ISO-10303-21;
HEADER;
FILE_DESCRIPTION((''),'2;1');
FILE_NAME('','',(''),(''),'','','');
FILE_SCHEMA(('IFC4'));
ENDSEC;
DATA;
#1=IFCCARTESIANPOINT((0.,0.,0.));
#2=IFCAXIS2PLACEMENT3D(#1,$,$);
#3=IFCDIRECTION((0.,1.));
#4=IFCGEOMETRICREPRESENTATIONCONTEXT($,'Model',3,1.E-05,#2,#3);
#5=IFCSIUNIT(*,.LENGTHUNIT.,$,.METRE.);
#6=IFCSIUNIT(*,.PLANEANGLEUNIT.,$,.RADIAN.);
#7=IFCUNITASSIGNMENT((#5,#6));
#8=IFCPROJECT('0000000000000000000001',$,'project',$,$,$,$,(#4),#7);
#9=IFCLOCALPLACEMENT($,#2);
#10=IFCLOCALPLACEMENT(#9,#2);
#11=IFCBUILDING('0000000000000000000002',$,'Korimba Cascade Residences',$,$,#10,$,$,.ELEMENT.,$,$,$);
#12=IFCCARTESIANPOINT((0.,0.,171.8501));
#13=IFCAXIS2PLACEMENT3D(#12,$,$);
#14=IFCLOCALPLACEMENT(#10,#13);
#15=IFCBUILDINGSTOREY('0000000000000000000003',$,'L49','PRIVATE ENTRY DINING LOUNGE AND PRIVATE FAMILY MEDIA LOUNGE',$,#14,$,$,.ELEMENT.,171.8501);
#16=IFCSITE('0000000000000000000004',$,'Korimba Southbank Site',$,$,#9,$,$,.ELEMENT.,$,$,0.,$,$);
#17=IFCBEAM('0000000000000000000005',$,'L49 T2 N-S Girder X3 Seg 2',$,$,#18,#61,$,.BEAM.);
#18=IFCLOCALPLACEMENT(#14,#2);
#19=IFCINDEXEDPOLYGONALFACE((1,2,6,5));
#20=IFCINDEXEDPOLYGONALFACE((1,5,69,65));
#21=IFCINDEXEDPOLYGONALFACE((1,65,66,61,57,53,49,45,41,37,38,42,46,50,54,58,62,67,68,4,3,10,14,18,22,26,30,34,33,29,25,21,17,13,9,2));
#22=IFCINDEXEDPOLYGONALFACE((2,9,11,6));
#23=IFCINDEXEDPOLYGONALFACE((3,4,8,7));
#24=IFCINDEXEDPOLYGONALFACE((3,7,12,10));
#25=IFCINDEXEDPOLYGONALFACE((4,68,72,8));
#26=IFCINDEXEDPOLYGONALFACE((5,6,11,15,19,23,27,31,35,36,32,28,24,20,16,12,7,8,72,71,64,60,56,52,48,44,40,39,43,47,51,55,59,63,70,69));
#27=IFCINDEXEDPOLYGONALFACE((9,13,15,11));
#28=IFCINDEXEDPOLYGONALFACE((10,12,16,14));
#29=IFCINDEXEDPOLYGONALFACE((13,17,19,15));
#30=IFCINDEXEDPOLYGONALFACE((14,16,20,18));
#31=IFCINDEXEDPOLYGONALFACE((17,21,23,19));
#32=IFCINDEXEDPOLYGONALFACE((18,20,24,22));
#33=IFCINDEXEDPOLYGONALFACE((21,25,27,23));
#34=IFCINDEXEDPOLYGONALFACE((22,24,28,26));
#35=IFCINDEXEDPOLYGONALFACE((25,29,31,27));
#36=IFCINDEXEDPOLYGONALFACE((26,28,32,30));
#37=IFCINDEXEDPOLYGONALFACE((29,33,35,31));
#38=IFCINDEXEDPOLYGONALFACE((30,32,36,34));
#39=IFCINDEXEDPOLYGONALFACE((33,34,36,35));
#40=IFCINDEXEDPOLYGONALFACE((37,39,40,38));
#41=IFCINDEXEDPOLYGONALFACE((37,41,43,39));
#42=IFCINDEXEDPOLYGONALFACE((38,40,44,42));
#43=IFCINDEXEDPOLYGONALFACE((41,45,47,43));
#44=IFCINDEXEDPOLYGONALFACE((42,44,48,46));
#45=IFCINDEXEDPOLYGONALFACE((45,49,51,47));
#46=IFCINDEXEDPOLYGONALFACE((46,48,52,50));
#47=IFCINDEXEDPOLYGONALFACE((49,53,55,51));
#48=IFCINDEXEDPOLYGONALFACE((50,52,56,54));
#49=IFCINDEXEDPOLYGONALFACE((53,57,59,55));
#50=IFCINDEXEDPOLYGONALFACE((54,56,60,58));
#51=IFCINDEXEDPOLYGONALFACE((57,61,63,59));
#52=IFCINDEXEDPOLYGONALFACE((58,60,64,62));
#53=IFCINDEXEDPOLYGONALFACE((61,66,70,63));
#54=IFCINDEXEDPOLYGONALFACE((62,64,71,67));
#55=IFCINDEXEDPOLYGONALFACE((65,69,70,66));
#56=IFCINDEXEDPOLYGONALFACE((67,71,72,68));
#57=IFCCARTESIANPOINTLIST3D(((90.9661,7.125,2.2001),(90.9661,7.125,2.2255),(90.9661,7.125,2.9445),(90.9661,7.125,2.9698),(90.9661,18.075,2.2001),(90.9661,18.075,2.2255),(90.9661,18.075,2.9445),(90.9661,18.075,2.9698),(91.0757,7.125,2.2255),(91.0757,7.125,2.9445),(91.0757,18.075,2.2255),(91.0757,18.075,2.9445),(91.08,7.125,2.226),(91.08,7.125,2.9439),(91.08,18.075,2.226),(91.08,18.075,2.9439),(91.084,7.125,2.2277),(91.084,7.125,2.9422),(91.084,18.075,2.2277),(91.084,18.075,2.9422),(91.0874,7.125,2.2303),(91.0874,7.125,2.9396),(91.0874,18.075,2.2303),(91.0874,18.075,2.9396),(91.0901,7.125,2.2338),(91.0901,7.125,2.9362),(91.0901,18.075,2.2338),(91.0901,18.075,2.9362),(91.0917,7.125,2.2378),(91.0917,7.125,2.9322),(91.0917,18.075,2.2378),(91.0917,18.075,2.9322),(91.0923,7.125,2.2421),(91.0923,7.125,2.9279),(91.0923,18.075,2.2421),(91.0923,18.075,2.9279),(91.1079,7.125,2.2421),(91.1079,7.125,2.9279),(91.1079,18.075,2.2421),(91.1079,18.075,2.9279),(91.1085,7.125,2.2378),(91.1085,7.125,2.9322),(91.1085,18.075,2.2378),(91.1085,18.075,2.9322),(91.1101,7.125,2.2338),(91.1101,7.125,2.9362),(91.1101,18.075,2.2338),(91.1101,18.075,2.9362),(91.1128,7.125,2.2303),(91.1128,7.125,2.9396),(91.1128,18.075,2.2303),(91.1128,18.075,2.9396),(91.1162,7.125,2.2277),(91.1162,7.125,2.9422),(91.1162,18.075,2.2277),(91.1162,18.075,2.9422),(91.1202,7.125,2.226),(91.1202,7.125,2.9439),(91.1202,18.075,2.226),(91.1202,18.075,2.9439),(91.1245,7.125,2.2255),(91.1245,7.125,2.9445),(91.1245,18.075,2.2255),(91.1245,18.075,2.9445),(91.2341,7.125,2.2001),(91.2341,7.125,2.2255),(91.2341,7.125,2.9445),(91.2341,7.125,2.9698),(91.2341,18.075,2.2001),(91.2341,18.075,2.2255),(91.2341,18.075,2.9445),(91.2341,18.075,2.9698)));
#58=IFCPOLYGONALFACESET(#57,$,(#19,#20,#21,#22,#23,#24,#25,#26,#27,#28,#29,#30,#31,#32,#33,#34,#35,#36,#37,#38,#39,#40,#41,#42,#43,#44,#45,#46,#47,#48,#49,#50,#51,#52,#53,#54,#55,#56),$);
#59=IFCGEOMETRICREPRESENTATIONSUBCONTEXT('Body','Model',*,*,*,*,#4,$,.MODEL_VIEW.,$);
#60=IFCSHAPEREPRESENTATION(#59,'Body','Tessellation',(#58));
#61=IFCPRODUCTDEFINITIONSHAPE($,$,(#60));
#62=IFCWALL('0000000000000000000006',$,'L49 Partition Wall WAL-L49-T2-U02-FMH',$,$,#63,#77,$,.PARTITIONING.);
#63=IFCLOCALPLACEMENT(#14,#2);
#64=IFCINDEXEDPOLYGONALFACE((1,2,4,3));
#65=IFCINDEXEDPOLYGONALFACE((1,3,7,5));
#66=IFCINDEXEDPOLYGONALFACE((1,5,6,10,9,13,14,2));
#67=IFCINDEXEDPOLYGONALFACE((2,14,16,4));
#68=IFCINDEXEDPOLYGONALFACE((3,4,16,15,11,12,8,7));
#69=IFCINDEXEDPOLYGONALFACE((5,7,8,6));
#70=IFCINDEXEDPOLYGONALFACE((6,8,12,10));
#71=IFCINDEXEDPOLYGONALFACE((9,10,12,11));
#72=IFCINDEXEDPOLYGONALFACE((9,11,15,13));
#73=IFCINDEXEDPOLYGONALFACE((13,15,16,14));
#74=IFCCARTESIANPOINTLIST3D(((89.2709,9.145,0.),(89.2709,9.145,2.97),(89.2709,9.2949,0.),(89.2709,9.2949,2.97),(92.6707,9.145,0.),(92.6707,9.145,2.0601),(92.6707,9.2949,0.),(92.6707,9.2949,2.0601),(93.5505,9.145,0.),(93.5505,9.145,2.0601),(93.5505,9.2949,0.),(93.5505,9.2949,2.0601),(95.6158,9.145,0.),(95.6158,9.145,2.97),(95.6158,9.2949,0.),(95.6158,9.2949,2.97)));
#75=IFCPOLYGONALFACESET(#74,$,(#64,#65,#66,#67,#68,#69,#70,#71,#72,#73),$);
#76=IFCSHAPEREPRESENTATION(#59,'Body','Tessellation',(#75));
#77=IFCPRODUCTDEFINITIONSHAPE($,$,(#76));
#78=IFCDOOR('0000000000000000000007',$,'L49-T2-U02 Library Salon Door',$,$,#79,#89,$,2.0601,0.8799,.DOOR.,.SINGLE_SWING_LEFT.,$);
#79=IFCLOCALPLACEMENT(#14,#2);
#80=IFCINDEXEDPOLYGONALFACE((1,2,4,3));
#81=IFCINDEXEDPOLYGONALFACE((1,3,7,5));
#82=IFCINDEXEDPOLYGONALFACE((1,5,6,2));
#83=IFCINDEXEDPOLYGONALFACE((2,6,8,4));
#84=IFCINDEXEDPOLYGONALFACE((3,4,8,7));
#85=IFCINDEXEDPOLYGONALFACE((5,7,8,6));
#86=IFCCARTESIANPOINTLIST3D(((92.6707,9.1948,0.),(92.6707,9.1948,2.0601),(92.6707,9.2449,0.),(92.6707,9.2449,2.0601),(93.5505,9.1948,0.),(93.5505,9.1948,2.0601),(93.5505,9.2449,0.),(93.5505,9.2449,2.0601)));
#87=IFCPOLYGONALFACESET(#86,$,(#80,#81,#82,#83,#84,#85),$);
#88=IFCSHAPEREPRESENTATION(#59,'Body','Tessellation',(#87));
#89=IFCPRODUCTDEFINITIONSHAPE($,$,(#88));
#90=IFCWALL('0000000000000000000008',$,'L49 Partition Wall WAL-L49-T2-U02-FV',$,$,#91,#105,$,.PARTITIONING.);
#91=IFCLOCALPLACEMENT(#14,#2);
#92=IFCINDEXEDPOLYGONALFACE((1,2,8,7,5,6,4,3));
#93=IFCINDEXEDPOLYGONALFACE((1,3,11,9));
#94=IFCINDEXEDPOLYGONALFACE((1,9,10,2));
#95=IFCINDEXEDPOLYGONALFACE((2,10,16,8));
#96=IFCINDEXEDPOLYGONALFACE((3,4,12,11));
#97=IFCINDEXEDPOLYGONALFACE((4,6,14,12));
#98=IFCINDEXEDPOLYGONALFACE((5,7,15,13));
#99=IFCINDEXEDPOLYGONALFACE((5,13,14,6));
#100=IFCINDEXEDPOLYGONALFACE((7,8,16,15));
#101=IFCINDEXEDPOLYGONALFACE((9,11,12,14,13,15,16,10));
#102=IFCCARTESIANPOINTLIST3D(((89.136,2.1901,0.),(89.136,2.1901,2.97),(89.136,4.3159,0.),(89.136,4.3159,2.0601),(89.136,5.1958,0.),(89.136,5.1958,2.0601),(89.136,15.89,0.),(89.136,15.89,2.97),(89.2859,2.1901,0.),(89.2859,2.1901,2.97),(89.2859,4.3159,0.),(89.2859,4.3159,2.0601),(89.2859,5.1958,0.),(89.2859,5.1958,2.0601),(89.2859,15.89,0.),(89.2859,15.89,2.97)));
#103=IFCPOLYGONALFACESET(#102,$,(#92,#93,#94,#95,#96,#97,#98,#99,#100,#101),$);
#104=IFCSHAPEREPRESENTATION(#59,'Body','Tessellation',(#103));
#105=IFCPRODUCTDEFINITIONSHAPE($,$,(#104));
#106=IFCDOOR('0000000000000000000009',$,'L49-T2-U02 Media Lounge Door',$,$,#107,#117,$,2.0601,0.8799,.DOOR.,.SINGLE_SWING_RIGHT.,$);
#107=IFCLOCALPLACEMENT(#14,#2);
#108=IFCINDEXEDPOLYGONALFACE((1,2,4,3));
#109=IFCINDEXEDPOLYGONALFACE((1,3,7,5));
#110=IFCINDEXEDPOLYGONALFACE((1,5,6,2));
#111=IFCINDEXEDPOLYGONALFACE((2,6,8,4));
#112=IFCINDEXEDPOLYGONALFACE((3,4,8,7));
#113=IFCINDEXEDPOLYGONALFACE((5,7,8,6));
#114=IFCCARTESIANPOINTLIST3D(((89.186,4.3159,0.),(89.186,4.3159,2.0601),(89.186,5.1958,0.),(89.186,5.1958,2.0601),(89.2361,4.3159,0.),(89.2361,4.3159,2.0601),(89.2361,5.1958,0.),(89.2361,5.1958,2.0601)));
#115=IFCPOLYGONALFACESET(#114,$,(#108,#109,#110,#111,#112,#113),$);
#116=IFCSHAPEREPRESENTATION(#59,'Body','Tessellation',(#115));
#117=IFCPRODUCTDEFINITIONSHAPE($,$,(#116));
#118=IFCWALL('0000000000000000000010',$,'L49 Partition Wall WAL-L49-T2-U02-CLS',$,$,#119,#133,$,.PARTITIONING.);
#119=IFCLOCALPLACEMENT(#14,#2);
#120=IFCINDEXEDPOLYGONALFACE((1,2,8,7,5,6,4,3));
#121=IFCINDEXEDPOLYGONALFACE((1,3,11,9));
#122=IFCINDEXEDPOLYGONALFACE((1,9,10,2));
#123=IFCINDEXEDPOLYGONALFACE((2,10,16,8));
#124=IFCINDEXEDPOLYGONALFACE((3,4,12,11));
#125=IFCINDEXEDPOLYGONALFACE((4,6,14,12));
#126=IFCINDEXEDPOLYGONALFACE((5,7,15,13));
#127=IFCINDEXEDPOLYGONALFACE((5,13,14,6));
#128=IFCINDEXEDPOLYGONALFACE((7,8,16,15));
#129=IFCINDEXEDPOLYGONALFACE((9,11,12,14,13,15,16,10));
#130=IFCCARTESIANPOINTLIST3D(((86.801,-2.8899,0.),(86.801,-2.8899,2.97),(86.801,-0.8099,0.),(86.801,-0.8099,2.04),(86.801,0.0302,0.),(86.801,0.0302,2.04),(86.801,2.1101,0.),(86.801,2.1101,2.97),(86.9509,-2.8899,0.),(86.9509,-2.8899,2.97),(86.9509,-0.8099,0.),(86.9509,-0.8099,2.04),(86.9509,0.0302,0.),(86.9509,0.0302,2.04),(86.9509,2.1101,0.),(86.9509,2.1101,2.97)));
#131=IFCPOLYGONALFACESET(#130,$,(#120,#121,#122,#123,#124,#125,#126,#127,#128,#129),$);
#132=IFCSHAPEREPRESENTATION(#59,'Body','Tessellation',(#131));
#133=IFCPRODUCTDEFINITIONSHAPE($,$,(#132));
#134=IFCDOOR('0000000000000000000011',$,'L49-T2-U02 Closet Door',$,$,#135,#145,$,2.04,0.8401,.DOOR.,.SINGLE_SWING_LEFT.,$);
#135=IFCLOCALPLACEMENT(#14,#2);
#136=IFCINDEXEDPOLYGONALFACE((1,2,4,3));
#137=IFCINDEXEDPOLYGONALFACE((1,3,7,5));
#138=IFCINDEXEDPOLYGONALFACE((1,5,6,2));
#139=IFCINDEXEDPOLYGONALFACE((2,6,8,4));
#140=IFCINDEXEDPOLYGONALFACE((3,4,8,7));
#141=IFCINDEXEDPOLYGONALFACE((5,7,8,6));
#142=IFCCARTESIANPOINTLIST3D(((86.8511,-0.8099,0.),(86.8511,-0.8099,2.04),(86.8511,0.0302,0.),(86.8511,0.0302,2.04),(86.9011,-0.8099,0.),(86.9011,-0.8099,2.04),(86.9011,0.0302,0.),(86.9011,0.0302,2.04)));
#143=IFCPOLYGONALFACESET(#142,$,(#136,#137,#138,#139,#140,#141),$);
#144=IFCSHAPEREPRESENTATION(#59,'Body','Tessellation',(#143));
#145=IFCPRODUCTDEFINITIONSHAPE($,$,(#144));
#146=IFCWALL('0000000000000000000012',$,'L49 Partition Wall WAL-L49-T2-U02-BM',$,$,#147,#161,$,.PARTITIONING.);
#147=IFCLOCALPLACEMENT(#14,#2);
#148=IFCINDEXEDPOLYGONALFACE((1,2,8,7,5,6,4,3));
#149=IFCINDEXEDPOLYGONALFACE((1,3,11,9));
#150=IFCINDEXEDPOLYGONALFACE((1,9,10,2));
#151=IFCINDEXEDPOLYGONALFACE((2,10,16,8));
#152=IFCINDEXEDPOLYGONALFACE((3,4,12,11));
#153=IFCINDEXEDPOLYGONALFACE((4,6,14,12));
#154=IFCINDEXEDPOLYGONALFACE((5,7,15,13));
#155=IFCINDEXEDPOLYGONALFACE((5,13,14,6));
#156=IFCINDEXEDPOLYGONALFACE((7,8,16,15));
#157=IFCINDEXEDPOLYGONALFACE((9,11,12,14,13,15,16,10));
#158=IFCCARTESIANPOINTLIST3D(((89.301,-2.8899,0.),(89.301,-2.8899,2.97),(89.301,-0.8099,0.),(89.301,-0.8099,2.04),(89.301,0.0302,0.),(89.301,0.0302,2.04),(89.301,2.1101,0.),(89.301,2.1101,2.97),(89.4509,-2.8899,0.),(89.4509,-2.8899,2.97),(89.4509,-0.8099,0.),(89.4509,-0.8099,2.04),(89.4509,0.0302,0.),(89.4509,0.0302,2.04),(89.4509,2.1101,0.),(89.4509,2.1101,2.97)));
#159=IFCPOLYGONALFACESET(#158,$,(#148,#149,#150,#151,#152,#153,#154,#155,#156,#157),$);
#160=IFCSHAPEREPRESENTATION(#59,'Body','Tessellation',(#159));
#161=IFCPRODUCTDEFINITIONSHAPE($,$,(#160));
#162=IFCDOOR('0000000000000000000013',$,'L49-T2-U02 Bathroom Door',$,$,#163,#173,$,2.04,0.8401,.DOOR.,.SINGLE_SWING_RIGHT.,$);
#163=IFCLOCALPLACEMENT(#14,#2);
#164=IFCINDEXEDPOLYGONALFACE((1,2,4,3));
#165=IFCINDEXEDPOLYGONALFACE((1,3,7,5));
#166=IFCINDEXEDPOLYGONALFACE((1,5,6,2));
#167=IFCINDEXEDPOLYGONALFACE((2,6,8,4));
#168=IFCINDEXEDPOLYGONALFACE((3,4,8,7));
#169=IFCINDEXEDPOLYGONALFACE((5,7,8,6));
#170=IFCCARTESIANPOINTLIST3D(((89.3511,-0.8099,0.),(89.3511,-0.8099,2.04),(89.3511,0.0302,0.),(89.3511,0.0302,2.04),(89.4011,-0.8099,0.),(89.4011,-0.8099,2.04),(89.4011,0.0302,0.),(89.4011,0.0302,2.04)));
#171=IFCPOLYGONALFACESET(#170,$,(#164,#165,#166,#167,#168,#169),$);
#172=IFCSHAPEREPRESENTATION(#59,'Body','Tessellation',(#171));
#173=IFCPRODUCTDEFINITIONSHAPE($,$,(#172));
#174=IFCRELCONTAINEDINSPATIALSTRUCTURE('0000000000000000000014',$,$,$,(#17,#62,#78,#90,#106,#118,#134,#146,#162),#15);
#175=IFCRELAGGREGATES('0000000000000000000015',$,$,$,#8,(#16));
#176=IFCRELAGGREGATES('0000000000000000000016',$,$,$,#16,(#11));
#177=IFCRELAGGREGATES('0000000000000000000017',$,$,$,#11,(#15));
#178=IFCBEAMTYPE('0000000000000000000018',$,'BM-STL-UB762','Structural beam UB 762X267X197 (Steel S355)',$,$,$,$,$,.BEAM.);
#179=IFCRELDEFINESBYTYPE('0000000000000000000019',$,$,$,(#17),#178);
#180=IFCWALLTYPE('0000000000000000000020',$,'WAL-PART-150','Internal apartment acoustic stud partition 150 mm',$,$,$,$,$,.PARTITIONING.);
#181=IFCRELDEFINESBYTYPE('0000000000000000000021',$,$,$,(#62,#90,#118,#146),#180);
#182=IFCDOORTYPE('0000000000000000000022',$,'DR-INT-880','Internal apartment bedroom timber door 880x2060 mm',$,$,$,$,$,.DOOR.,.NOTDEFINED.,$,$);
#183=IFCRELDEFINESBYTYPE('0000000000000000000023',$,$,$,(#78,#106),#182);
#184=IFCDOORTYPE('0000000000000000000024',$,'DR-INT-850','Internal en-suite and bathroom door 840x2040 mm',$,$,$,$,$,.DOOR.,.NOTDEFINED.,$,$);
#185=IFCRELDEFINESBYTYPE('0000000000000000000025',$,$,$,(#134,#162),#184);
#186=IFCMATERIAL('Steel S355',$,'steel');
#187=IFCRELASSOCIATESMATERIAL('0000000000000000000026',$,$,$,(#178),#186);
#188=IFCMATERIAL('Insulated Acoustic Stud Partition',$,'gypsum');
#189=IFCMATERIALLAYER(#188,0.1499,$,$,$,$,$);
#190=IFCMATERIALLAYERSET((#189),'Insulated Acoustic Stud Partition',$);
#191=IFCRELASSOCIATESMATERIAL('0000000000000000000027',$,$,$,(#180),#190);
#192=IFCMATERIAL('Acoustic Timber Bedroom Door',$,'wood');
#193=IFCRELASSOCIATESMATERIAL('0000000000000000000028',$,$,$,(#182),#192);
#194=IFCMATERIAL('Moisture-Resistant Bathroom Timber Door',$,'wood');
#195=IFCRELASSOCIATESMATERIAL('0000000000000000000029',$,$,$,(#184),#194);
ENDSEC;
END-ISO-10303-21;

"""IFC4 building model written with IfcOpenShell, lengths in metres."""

from ifc_helpers import new_model, si_unit, direction, frame, frame_2d, origin, origin_2d, place, context, subcontext, project, spatial, rectangle, i_section, extrude, material, layer, layer_set, material_profile, profile_set, type_object, element, fill, save


model = new_model("IFC4")

# Units and contexts
model_context = context("Model", 3, precision=1e-05, world=origin(), true_north=direction((0.0, 1.0)))
body_context = subcontext(model_context, "Body", "Model", "MODEL_VIEW")
ifc_project = project(units=[si_unit("LENGTHUNIT", "METRE"), si_unit("PLANEANGLEUNIT", "RADIAN")], contexts=[model_context])

# Site, building, storey
site_placement = place(None, origin())
site = spatial("IfcSite", under=ifc_project, at=site_placement, Name="Korimba Southbank Site", CompositionType="ELEMENT", RefElevation=0.0)
building_placement = place(site_placement, origin())
building = spatial("IfcBuilding", under=site, at=building_placement, Name="Korimba Cascade Residences", CompositionType="ELEMENT")
storey_placement = place(building_placement, frame((0.0, 0.0, 171.8501)))
storey = spatial("IfcBuildingStorey", under=building, at=storey_placement, Name="L49", Description="PRIVATE ENTRY DINING LOUNGE AND PRIVATE FAMILY MEDIA LOUNGE", CompositionType="ELEMENT", Elevation=171.8501)

# Beam
ifc_material_1 = material(Name="Steel S355", Category="steel")
ifc_material_profile_1 = material_profile(ifc_material_1, i_section(OverallWidth=0.2681, OverallDepth=0.7698, WebThickness=0.0156, FlangeThickness=0.0254, FilletRadius=0.0166, at=origin_2d()), Name="Steel S355")
ifc_profile_set_1 = profile_set([ifc_material_profile_1], Name="Steel S355")
beam_type_1 = type_object("IfcBeamType", Name="BM-STL-UB762", Description="Structural beam UB 762X267X197 (Steel S355)", PredefinedType="BEAM", material=ifc_profile_set_1)
for number, where, z_axis, x_axis, name in (
    (1, (91.1001, 7.125, 2.585), (0.0, 1.0, 0.0), (-1.0, 0.0, 0.0), "L49 T2 N-S Girder X3 Seg 2"),
):
    element("IfcBeam", number, at=place(storey_placement, frame(where, z_axis=z_axis, x_axis=x_axis)), inside=storey, type_object=beam_type_1, Name=name, PredefinedType="BEAM", context=body_context, shape_type="SweptSolid", body=[
        extrude(i_section(OverallWidth=0.2681, OverallDepth=0.7698, WebThickness=0.0156, FlangeThickness=0.0254, FilletRadius=0.0166, at=origin_2d()), origin(), (0.0, 0.0, 1.0), 10.95),
    ])

# Walls, openings, doors
ifc_material_2 = material(Name="Insulated Acoustic Stud Partition", Category="gypsum")
ifc_layer = layer(ifc_material_2, 0.1499)
ifc_layer_set = layer_set([ifc_layer], Name="Insulated Acoustic Stud Partition")
wall_type = type_object("IfcWallType", Name="WAL-PART-150", Description="Internal apartment acoustic stud partition 150 mm", PredefinedType="PARTITIONING", material=ifc_layer_set)
wall_1_placement = place(storey_placement, frame((89.271, 9.22, 0.0), z_axis=(0.0, 0.0, 1.0), x_axis=(1.0, 0.0, 0.0)))
wall_1 = element("IfcWall", 2, at=wall_1_placement, inside=storey, type_object=wall_type, Name="L49 Partition Wall WAL-L49-T2-U02-FMH", PredefinedType="PARTITIONING", context=body_context, shape_type="SweptSolid", body=[
    extrude(rectangle(XDim=6.345, YDim=0.1499, at=frame_2d((3.1724, 0.0))), origin(), (0.0, 0.0, 1.0), 2.97),
])
opening_1_placement = place(wall_1_placement, frame((3.3997, 0.0, 0.0)))
opening_1 = element("IfcOpeningElement", 3, at=opening_1_placement, cuts=wall_1, PredefinedType="OPENING", context=body_context, shape_type="SweptSolid", body=[
    extrude(rectangle(XDim=0.8799, YDim=2.0601, at=frame_2d((0.4399, 1.03))), frame((0.0, 0.085, 0.0), z_axis=(0.0, -1.0, 0.0), x_axis=(1.0, 0.0, 0.0)), (0.0, 0.0, 1.0), 0.1699),
])
ifc_material_3 = material(Name="Acoustic Timber Bedroom Door", Category="wood")
door_type_1 = type_object("IfcDoorType", Name="DR-INT-880", Description="Internal apartment bedroom timber door 880x2060 mm", OperationType="NOTDEFINED", PredefinedType="DOOR", material=ifc_material_3)
door_1_placement = place(opening_1_placement, origin())
door_1 = element("IfcDoor", 4, at=door_1_placement, inside=storey, type_object=door_type_1, Name="L49-T2-U02 Library Salon Door", OperationType="SINGLE_SWING_LEFT", OverallHeight=2.0601, OverallWidth=0.8799, PredefinedType="DOOR", context=body_context, shape_type="SweptSolid", body=[
    extrude(rectangle(XDim=0.8799, YDim=2.0601, at=frame_2d((0.4399, 1.03))), frame((0.0, 0.0249, 0.0), z_axis=(0.0, -1.0, 0.0), x_axis=(1.0, 0.0, 0.0)), (0.0, 0.0, 1.0), 0.05),
])
fill(opening_1, door_1)
wall_2_placement = place(storey_placement, frame((89.2109, 2.1899, 0.0), z_axis=(0.0, 0.0, 1.0), x_axis=(0.0, 1.0, 0.0)))
wall_2 = element("IfcWall", 5, at=wall_2_placement, inside=storey, type_object=wall_type, Name="L49 Partition Wall WAL-L49-T2-U02-FV", PredefinedType="PARTITIONING", context=body_context, shape_type="SweptSolid", body=[
    extrude(rectangle(XDim=13.7, YDim=0.1499, at=frame_2d((6.8501, 0.0))), origin(), (0.0, 0.0, 1.0), 2.97),
])
opening_2_placement = place(wall_2_placement, frame((2.126, 0.0, 0.0)))
opening_2 = element("IfcOpeningElement", 6, at=opening_2_placement, cuts=wall_2, PredefinedType="OPENING", context=body_context, shape_type="SweptSolid", body=[
    extrude(rectangle(XDim=0.8799, YDim=2.0601, at=frame_2d((0.4399, 1.03))), frame((0.0, 0.085, 0.0), z_axis=(0.0, -1.0, 0.0), x_axis=(1.0, 0.0, 0.0)), (0.0, 0.0, 1.0), 0.1699),
])
door_2_placement = place(opening_2_placement, origin())
door_2 = element("IfcDoor", 7, at=door_2_placement, inside=storey, type_object=door_type_1, Name="L49-T2-U02 Media Lounge Door", OperationType="SINGLE_SWING_RIGHT", OverallHeight=2.0601, OverallWidth=0.8799, PredefinedType="DOOR", context=body_context, shape_type="SweptSolid", body=[
    extrude(rectangle(XDim=0.8799, YDim=2.0601, at=frame_2d((0.4399, 1.03))), frame((0.0, 0.0249, 0.0), z_axis=(0.0, -1.0, 0.0), x_axis=(1.0, 0.0, 0.0)), (0.0, 0.0, 1.0), 0.05),
])
fill(opening_2, door_2)
wall_3_placement = place(storey_placement, frame((86.876, -2.8899, 0.0), z_axis=(0.0, 0.0, 1.0), x_axis=(0.0, 1.0, 0.0)))
wall_3 = element("IfcWall", 8, at=wall_3_placement, inside=storey, type_object=wall_type, Name="L49 Partition Wall WAL-L49-T2-U02-CLS", PredefinedType="PARTITIONING", context=body_context, shape_type="SweptSolid", body=[
    extrude(rectangle(XDim=5.0, YDim=0.1499, at=frame_2d((2.5, 0.0))), origin(), (0.0, 0.0, 1.0), 2.97),
])
opening_3_placement = place(wall_3_placement, frame((2.0801, 0.0, 0.0)))
opening_3 = element("IfcOpeningElement", 9, at=opening_3_placement, cuts=wall_3, PredefinedType="OPENING", context=body_context, shape_type="SweptSolid", body=[
    extrude(rectangle(XDim=0.8401, YDim=2.04, at=frame_2d((0.4199, 1.02))), frame((0.0, 0.085, 0.0), z_axis=(0.0, -1.0, 0.0), x_axis=(1.0, 0.0, 0.0)), (0.0, 0.0, 1.0), 0.1699),
])
ifc_material_4 = material(Name="Moisture-Resistant Bathroom Timber Door", Category="wood")
door_type_2 = type_object("IfcDoorType", Name="DR-INT-850", Description="Internal en-suite and bathroom door 840x2040 mm", OperationType="NOTDEFINED", PredefinedType="DOOR", material=ifc_material_4)
door_3_placement = place(opening_3_placement, origin())
door_3 = element("IfcDoor", 10, at=door_3_placement, inside=storey, type_object=door_type_2, Name="L49-T2-U02 Closet Door", OperationType="SINGLE_SWING_LEFT", OverallHeight=2.04, OverallWidth=0.8401, PredefinedType="DOOR", context=body_context, shape_type="SweptSolid", body=[
    extrude(rectangle(XDim=0.8401, YDim=2.04, at=frame_2d((0.4199, 1.02))), frame((0.0, 0.0249, 0.0), z_axis=(0.0, -1.0, 0.0), x_axis=(1.0, 0.0, 0.0)), (0.0, 0.0, 1.0), 0.05),
])
fill(opening_3, door_3)
wall_4_placement = place(storey_placement, frame((89.376, -2.8899, 0.0), z_axis=(0.0, 0.0, 1.0), x_axis=(0.0, 1.0, 0.0)))
wall_4 = element("IfcWall", 11, at=wall_4_placement, inside=storey, type_object=wall_type, Name="L49 Partition Wall WAL-L49-T2-U02-BM", PredefinedType="PARTITIONING", context=body_context, shape_type="SweptSolid", body=[
    extrude(rectangle(XDim=5.0, YDim=0.1499, at=frame_2d((2.5, 0.0))), origin(), (0.0, 0.0, 1.0), 2.97),
])
opening_4_placement = place(wall_4_placement, frame((2.0801, 0.0, 0.0)))
opening_4 = element("IfcOpeningElement", 12, at=opening_4_placement, cuts=wall_4, PredefinedType="OPENING", context=body_context, shape_type="SweptSolid", body=[
    extrude(rectangle(XDim=0.8401, YDim=2.04, at=frame_2d((0.4199, 1.02))), frame((0.0, 0.085, 0.0), z_axis=(0.0, -1.0, 0.0), x_axis=(1.0, 0.0, 0.0)), (0.0, 0.0, 1.0), 0.1699),
])
door_4_placement = place(opening_4_placement, origin())
door_4 = element("IfcDoor", 13, at=door_4_placement, inside=storey, type_object=door_type_2, Name="L49-T2-U02 Bathroom Door", OperationType="SINGLE_SWING_RIGHT", OverallHeight=2.04, OverallWidth=0.8401, PredefinedType="DOOR", context=body_context, shape_type="SweptSolid", body=[
    extrude(rectangle(XDim=0.8401, YDim=2.04, at=frame_2d((0.4199, 1.02))), frame((0.0, 0.0249, 0.0), z_axis=(0.0, -1.0, 0.0), x_axis=(1.0, 0.0, 0.0)), (0.0, 0.0, 1.0), 0.05),
])
fill(opening_4, door_4)

save(model, "model.ifc")
